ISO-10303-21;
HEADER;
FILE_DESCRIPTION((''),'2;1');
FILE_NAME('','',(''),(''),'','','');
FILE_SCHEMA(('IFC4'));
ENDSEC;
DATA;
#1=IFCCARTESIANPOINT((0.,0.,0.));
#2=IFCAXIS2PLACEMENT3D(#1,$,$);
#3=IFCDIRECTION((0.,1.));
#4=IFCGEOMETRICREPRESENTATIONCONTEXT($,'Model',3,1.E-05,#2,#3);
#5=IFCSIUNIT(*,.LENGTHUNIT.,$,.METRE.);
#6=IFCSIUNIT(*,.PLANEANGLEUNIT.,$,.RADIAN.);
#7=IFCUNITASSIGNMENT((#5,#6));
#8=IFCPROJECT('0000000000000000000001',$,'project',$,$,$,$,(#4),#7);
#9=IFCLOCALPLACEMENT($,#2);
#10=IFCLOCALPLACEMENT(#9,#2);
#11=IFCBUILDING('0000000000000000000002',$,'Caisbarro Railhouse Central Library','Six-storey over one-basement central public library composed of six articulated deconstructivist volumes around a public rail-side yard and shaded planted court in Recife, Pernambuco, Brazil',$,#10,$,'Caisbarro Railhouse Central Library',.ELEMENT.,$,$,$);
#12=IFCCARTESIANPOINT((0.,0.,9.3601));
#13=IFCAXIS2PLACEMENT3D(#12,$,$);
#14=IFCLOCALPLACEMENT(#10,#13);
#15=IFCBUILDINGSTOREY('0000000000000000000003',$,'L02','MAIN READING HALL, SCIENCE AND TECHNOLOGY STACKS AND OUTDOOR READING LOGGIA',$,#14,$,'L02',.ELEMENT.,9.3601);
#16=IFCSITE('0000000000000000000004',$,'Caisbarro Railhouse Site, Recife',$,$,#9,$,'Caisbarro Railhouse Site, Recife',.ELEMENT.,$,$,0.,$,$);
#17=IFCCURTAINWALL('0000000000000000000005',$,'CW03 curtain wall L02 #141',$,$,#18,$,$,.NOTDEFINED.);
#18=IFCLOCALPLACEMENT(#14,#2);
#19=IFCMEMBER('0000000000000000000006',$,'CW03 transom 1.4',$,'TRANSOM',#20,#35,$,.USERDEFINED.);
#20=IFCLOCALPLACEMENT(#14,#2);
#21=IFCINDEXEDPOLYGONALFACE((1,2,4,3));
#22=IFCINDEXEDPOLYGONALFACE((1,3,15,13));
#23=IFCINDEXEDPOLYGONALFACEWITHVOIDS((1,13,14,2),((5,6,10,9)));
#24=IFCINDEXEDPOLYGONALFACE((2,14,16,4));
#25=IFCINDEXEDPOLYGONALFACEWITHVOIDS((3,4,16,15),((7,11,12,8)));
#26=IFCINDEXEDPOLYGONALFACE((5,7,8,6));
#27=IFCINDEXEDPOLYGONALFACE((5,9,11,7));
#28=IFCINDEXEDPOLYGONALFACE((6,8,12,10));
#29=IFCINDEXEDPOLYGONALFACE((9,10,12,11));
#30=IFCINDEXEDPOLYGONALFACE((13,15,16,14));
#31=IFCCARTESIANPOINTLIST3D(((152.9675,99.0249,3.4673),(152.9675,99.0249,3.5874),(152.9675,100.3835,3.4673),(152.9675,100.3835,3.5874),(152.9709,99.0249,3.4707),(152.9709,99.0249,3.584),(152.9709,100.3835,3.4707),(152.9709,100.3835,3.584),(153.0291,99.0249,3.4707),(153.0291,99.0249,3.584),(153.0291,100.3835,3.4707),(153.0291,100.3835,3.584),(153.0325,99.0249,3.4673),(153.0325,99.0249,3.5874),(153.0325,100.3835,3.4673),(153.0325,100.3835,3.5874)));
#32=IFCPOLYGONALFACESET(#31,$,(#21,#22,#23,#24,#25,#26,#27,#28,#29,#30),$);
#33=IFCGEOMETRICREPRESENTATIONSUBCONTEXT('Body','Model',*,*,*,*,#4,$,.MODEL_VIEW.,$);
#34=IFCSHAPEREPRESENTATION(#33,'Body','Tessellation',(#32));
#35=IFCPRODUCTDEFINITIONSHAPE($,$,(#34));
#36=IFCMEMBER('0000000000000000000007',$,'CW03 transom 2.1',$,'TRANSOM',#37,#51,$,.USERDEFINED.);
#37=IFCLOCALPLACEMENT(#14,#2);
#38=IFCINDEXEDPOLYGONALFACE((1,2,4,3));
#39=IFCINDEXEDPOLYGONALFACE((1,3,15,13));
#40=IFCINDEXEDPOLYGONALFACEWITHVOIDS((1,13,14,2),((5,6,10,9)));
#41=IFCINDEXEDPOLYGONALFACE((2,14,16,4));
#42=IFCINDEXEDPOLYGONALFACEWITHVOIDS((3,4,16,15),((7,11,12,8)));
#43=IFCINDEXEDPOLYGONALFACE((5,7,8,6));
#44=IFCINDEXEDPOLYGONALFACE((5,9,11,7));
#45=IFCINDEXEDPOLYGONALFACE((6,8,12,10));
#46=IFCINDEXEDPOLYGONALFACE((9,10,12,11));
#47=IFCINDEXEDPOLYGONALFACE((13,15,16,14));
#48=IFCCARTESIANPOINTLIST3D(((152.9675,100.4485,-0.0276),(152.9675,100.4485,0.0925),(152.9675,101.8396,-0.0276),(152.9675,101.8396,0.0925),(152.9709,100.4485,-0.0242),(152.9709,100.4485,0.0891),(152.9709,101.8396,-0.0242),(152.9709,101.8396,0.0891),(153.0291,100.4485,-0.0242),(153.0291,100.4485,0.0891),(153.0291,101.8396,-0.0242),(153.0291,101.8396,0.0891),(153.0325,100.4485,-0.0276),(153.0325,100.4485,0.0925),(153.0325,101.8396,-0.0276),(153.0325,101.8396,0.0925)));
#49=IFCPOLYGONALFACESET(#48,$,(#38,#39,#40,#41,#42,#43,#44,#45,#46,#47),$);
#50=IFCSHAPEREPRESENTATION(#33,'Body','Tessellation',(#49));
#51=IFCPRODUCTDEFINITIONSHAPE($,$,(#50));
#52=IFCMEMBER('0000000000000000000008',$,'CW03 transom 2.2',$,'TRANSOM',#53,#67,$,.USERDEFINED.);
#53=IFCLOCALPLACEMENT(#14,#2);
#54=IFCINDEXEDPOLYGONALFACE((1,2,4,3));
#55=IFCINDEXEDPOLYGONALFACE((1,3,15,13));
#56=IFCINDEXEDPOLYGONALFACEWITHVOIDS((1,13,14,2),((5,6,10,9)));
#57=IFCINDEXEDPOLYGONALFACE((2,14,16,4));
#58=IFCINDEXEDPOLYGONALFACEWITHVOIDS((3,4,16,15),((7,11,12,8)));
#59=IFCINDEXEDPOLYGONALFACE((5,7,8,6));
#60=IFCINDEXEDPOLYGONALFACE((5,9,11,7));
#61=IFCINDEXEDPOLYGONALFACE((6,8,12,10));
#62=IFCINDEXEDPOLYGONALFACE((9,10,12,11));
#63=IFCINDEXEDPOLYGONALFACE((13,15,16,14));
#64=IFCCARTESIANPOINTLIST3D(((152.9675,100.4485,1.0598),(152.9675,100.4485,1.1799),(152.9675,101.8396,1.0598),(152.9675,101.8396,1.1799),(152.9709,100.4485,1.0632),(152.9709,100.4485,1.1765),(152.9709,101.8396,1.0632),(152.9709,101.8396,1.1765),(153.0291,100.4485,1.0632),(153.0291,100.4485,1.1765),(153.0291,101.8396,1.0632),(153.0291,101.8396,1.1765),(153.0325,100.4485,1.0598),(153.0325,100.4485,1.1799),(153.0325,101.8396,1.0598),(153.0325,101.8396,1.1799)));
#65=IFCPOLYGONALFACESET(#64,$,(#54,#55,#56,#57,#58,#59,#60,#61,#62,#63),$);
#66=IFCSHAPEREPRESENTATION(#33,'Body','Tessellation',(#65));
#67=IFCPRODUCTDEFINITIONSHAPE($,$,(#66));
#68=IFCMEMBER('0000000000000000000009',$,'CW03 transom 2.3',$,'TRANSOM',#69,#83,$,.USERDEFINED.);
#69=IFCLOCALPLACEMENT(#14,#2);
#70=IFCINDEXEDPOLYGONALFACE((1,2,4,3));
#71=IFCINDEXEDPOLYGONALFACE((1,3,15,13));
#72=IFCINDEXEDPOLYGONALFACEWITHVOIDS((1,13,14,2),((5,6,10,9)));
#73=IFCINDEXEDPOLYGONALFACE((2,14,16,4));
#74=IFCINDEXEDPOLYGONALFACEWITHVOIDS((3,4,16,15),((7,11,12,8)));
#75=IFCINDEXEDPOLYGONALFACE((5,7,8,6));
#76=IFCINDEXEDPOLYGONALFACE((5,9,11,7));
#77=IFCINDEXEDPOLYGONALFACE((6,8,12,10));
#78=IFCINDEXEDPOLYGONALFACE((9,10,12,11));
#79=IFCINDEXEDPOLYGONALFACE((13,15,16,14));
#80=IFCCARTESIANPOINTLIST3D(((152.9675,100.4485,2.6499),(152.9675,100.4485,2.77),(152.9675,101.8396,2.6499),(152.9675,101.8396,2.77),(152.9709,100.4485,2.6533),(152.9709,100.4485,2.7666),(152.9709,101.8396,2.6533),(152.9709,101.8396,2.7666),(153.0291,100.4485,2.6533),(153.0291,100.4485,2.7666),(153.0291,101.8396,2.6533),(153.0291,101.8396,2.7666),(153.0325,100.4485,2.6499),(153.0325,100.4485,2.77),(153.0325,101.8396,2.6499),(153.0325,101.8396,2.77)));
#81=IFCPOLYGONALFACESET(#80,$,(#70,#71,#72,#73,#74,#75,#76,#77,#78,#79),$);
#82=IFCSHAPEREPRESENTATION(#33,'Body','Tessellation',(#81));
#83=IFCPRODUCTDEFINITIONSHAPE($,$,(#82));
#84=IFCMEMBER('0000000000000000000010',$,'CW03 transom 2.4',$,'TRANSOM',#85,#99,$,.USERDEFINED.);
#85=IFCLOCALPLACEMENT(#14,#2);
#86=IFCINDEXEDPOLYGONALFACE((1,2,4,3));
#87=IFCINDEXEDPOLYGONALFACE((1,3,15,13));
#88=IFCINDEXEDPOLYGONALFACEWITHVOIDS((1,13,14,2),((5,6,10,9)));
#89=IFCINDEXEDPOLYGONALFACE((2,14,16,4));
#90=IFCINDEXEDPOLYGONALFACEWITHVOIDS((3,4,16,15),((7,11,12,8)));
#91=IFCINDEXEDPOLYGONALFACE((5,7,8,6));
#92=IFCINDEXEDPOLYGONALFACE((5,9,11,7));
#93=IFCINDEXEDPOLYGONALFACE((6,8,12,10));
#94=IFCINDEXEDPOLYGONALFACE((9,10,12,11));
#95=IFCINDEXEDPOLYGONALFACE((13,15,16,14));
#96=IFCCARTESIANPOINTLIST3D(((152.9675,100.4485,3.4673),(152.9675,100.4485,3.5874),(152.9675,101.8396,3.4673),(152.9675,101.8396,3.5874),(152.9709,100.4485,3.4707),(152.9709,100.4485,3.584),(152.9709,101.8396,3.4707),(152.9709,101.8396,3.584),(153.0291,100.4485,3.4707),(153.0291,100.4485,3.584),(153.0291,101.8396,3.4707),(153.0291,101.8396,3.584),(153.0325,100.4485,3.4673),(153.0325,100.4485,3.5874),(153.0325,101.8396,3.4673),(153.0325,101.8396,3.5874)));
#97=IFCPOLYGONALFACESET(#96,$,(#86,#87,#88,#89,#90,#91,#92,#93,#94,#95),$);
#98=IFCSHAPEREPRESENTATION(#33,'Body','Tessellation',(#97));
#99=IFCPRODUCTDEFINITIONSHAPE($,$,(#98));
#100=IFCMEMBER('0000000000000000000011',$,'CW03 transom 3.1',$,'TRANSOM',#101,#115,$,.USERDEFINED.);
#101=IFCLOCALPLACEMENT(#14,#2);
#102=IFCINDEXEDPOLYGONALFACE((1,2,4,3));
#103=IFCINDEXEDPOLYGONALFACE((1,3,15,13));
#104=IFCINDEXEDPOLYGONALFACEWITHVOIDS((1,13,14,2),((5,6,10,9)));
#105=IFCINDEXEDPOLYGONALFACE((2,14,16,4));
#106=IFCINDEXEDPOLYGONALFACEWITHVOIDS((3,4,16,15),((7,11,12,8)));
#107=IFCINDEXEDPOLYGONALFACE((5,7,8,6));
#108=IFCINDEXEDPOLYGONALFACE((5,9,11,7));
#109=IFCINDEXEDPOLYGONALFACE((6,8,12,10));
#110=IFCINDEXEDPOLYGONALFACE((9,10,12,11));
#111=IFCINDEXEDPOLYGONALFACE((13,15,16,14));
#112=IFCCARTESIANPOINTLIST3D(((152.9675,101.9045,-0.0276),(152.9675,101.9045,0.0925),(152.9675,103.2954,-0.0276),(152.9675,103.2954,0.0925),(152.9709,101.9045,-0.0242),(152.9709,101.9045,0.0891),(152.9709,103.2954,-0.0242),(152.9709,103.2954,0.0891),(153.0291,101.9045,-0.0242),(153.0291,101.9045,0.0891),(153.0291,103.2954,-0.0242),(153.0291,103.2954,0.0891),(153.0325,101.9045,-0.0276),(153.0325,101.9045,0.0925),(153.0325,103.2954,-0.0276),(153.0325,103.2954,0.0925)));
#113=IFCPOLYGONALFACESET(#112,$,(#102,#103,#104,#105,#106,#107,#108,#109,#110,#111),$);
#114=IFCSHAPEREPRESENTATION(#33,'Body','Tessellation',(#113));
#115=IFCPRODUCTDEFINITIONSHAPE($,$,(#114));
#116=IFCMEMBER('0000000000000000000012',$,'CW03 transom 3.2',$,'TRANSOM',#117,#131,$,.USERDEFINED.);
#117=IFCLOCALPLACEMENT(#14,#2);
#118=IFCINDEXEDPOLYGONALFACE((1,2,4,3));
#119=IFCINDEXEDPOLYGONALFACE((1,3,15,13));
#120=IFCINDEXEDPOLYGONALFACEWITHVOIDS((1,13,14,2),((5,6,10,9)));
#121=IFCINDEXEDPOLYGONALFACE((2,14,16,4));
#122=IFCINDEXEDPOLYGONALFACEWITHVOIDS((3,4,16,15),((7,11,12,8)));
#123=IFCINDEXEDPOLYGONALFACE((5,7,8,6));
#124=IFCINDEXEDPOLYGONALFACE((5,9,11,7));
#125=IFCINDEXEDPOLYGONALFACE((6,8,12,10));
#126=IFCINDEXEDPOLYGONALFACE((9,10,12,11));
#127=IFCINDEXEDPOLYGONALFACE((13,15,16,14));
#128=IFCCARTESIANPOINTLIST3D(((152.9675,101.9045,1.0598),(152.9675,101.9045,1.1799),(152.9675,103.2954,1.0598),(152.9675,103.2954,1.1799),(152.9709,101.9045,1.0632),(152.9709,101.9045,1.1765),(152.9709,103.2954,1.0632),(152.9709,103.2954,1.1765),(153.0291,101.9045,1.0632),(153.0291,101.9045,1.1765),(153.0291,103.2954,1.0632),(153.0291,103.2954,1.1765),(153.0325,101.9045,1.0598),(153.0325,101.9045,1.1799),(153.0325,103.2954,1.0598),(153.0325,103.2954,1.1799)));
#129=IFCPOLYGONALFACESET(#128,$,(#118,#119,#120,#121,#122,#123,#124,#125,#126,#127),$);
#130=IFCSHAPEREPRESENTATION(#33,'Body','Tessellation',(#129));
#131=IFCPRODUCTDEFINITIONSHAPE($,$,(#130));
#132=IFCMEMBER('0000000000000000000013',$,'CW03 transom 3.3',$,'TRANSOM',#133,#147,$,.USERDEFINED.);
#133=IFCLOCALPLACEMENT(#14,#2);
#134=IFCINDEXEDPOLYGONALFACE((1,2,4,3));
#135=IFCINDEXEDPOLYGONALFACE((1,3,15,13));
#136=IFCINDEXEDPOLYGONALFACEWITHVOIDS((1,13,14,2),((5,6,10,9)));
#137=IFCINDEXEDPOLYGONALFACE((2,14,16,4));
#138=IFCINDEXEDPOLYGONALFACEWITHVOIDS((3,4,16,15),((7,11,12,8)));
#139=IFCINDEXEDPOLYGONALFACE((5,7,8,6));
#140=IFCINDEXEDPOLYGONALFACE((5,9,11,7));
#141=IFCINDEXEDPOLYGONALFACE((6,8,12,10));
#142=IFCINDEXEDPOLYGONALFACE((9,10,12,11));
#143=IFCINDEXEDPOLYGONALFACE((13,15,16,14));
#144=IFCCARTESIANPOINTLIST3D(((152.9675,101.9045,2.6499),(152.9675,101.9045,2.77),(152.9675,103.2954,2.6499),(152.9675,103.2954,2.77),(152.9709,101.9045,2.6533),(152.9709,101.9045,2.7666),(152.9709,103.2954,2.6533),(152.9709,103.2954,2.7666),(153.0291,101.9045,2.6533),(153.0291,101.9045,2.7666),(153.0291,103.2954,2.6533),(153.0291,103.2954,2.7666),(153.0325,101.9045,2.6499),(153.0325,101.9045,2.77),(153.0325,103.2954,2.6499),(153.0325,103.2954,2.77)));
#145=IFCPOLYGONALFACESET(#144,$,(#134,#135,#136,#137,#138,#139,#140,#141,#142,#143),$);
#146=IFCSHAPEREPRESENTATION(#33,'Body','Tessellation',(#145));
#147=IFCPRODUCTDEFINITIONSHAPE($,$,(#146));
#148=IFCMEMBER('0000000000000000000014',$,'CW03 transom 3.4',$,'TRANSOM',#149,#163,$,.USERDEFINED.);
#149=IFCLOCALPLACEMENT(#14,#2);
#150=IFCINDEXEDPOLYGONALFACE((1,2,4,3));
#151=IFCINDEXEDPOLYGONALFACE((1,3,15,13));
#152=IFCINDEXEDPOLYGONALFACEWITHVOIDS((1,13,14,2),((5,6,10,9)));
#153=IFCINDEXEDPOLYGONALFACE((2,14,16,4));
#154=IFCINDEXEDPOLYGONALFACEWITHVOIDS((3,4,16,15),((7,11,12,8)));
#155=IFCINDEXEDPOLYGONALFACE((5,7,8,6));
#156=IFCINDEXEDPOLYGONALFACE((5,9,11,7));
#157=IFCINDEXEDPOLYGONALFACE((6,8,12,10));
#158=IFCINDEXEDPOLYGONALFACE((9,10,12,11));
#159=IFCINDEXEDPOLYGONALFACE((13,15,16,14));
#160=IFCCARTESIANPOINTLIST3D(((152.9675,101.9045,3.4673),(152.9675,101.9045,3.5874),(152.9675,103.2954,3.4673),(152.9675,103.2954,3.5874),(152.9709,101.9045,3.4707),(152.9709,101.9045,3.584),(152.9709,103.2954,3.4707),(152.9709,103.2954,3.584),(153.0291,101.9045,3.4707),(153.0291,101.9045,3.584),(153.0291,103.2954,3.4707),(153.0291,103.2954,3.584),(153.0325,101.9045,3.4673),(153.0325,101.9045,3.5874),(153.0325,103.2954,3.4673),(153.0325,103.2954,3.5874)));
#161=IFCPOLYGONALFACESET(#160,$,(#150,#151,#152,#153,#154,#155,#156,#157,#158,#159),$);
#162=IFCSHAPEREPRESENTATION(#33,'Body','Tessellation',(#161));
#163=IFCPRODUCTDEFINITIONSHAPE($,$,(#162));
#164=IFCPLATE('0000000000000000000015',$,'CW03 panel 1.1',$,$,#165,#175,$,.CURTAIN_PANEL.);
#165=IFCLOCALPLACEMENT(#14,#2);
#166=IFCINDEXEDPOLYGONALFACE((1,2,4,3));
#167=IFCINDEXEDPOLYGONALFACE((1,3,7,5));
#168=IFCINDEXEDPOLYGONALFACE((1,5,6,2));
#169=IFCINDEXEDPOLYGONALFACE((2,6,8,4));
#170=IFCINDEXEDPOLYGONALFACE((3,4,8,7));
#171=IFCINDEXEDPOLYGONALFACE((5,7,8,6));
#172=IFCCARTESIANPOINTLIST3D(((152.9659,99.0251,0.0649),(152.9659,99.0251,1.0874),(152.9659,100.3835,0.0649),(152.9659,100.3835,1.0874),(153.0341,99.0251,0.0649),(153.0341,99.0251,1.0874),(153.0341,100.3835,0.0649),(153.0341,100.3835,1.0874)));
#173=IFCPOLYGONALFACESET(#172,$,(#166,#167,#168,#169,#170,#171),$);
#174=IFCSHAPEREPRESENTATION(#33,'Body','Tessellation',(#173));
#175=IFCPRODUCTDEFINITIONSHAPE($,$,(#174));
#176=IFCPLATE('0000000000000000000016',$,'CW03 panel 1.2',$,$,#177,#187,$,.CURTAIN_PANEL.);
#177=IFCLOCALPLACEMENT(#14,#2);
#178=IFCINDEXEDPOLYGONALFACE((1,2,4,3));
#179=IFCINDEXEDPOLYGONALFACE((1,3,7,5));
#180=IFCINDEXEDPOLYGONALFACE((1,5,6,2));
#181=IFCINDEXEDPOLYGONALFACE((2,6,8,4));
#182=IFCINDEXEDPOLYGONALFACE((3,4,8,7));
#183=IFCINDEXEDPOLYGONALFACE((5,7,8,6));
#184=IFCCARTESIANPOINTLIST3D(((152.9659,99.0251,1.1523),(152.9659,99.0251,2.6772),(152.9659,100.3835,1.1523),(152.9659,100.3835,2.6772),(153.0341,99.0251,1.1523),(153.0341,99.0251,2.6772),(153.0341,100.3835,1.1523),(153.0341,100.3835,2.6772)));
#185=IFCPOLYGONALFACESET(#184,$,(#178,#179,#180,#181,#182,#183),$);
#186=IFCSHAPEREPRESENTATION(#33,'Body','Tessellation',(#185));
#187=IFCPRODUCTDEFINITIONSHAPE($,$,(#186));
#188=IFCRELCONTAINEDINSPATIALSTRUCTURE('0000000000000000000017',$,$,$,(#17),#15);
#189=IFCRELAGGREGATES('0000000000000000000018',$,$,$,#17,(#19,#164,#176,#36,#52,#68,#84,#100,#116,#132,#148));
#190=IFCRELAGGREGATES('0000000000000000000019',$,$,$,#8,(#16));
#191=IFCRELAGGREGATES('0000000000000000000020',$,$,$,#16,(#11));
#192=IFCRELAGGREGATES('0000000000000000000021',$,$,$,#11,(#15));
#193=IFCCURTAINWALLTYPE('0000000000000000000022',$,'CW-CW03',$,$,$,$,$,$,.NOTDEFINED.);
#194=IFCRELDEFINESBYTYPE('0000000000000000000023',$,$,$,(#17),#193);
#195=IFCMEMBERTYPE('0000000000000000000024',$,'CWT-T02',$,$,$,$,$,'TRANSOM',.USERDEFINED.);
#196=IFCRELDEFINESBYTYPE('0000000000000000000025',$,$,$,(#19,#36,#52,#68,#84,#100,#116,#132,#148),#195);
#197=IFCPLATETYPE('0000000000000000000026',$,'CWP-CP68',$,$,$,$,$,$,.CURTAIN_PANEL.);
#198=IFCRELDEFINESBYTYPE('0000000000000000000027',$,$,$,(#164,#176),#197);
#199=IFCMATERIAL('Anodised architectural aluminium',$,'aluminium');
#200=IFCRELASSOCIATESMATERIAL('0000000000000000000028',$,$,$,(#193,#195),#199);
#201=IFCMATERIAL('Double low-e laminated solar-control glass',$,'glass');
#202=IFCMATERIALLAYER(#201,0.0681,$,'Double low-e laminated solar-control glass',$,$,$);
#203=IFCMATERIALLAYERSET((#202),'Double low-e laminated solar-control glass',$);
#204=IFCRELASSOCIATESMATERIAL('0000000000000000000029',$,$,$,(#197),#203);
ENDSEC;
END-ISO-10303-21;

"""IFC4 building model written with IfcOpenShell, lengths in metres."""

from ifc_helpers import new_model, si_unit, direction, frame, origin, origin_2d, place, context, subcontext, project, spatial, rectangle, hollow_rectangle, extrude, material, layer, layer_set, material_profile, profile_set, type_object, element, aggregate, save


model = new_model("IFC4")

# Units and contexts
model_context = context("Model", 3, precision=1e-05, world=origin(), true_north=direction((0.0, 1.0)))
body_context = subcontext(model_context, "Body", "Model", "MODEL_VIEW")
ifc_project = project(units=[si_unit("LENGTHUNIT", "METRE"), si_unit("PLANEANGLEUNIT", "RADIAN")], contexts=[model_context])

# Site, building, storey
site_placement = place(None, origin())
site = spatial("IfcSite", under=ifc_project, at=site_placement, Name="Caisbarro Railhouse Site, Recife", LongName="Caisbarro Railhouse Site, Recife", CompositionType="ELEMENT", RefElevation=0.0)
building_placement = place(site_placement, origin())
building = spatial("IfcBuilding", under=site, at=building_placement, Name="Caisbarro Railhouse Central Library", Description="Six-storey over one-basement central public library composed of six articulated deconstructivist volumes around a public rail-side yard and shaded planted court in Recife, Pernambuco, Brazil", LongName="Caisbarro Railhouse Central Library", CompositionType="ELEMENT")
storey_placement = place(building_placement, frame((0.0, 0.0, 9.3601)))
storey = spatial("IfcBuildingStorey", under=building, at=storey_placement, Name="L02", Description="MAIN READING HALL, SCIENCE AND TECHNOLOGY STACKS AND OUTDOOR READING LOGGIA", LongName="L02", CompositionType="ELEMENT", Elevation=9.3601)

# Curtain wall, members, plates
ifc_material_1 = material(Name="Anodised architectural aluminium", Category="aluminium")
curtain_wall_type = type_object("IfcCurtainWallType", Name="CW-CW03", PredefinedType="NOTDEFINED", material=ifc_material_1)
curtain_wall_placement = place(storey_placement, origin())
curtain_wall = element("IfcCurtainWall", 1, at=curtain_wall_placement, inside=storey, type_object=curtain_wall_type, Name="CW03 curtain wall L02 #141", PredefinedType="NOTDEFINED")
ifc_material_profile_1 = material_profile(ifc_material_1, hollow_rectangle(XDim=0.0649, YDim=0.1201, WallThickness=0.0034, at=origin_2d()), Name="ALU-TRN-65X120")
ifc_profile_set_1 = profile_set([ifc_material_profile_1], Name="Anodised architectural aluminium")
member_type_1 = type_object("IfcMemberType", Name="CWT-T02", ElementType="TRANSOM", PredefinedType="USERDEFINED", material=ifc_profile_set_1)
member_1_placement = place(storey_placement, frame((153.0, 99.0249, 3.5273), z_axis=(0.0, 1.0, 0.0), x_axis=(-1.0, 0.0, 0.0)))
member_1 = element("IfcMember", 2, at=member_1_placement, type_object=member_type_1, Name="CW03 transom 1.4", ObjectType="TRANSOM", PredefinedType="USERDEFINED", context=body_context, shape_type="SweptSolid", body=[
    extrude(hollow_rectangle(XDim=0.0649, YDim=0.1201, WallThickness=0.0034, at=origin_2d()), origin(), (0.0, 0.0, 1.0), 1.3586),
])
member_2_placement = place(storey_placement, frame((153.0, 100.4485, 0.0325), z_axis=(0.0, 1.0, 0.0), x_axis=(-1.0, 0.0, 0.0)))
member_2 = element("IfcMember", 3, at=member_2_placement, type_object=member_type_1, Name="CW03 transom 2.1", ObjectType="TRANSOM", PredefinedType="USERDEFINED", context=body_context, shape_type="SweptSolid", body=[
    extrude(hollow_rectangle(XDim=0.0649, YDim=0.1201, WallThickness=0.0034, at=origin_2d()), origin(), (0.0, 0.0, 1.0), 1.3911),
])
member_3_placement = place(storey_placement, frame((153.0, 100.4485, 1.1199), z_axis=(0.0, 1.0, 0.0), x_axis=(-1.0, 0.0, 0.0)))
member_3 = element("IfcMember", 4, at=member_3_placement, type_object=member_type_1, Name="CW03 transom 2.2", ObjectType="TRANSOM", PredefinedType="USERDEFINED", context=body_context, shape_type="SweptSolid", body=[
    extrude(hollow_rectangle(XDim=0.0649, YDim=0.1201, WallThickness=0.0034, at=origin_2d()), origin(), (0.0, 0.0, 1.0), 1.3911),
])
member_4_placement = place(storey_placement, frame((153.0, 100.4485, 2.71), z_axis=(0.0, 1.0, 0.0), x_axis=(-1.0, 0.0, 0.0)))
member_4 = element("IfcMember", 5, at=member_4_placement, type_object=member_type_1, Name="CW03 transom 2.3", ObjectType="TRANSOM", PredefinedType="USERDEFINED", context=body_context, shape_type="SweptSolid", body=[
    extrude(hollow_rectangle(XDim=0.0649, YDim=0.1201, WallThickness=0.0034, at=origin_2d()), origin(), (0.0, 0.0, 1.0), 1.3911),
])
member_5_placement = place(storey_placement, frame((153.0, 100.4485, 3.5273), z_axis=(0.0, 1.0, 0.0), x_axis=(-1.0, 0.0, 0.0)))
member_5 = element("IfcMember", 6, at=member_5_placement, type_object=member_type_1, Name="CW03 transom 2.4", ObjectType="TRANSOM", PredefinedType="USERDEFINED", context=body_context, shape_type="SweptSolid", body=[
    extrude(hollow_rectangle(XDim=0.0649, YDim=0.1201, WallThickness=0.0034, at=origin_2d()), origin(), (0.0, 0.0, 1.0), 1.3911),
])
member_6_placement = place(storey_placement, frame((153.0, 101.9045, 0.0325), z_axis=(0.0, 1.0, 0.0), x_axis=(-1.0, 0.0, 0.0)))
member_6 = element("IfcMember", 7, at=member_6_placement, type_object=member_type_1, Name="CW03 transom 3.1", ObjectType="TRANSOM", PredefinedType="USERDEFINED", context=body_context, shape_type="SweptSolid", body=[
    extrude(hollow_rectangle(XDim=0.0649, YDim=0.1201, WallThickness=0.0034, at=origin_2d()), origin(), (0.0, 0.0, 1.0), 1.3909),
])
member_7_placement = place(storey_placement, frame((153.0, 101.9045, 1.1199), z_axis=(0.0, 1.0, 0.0), x_axis=(-1.0, 0.0, 0.0)))
member_7 = element("IfcMember", 8, at=member_7_placement, type_object=member_type_1, Name="CW03 transom 3.2", ObjectType="TRANSOM", PredefinedType="USERDEFINED", context=body_context, shape_type="SweptSolid", body=[
    extrude(hollow_rectangle(XDim=0.0649, YDim=0.1201, WallThickness=0.0034, at=origin_2d()), origin(), (0.0, 0.0, 1.0), 1.3909),
])
member_8_placement = place(storey_placement, frame((153.0, 101.9045, 2.71), z_axis=(0.0, 1.0, 0.0), x_axis=(-1.0, 0.0, 0.0)))
member_8 = element("IfcMember", 9, at=member_8_placement, type_object=member_type_1, Name="CW03 transom 3.3", ObjectType="TRANSOM", PredefinedType="USERDEFINED", context=body_context, shape_type="SweptSolid", body=[
    extrude(hollow_rectangle(XDim=0.0649, YDim=0.1201, WallThickness=0.0034, at=origin_2d()), origin(), (0.0, 0.0, 1.0), 1.3909),
])
member_9_placement = place(storey_placement, frame((153.0, 101.9045, 3.5273), z_axis=(0.0, 1.0, 0.0), x_axis=(-1.0, 0.0, 0.0)))
member_9 = element("IfcMember", 10, at=member_9_placement, type_object=member_type_1, Name="CW03 transom 3.4", ObjectType="TRANSOM", PredefinedType="USERDEFINED", context=body_context, shape_type="SweptSolid", body=[
    extrude(hollow_rectangle(XDim=0.0649, YDim=0.1201, WallThickness=0.0034, at=origin_2d()), origin(), (0.0, 0.0, 1.0), 1.3909),
])
ifc_material_2 = material(Name="Double low-e laminated solar-control glass", Category="glass")
ifc_layer_1 = layer(ifc_material_2, 0.0681, Name="Double low-e laminated solar-control glass")
ifc_layer_set_1 = layer_set([ifc_layer_1], Name="Double low-e laminated solar-control glass")
plate_type_1 = type_object("IfcPlateType", Name="CWP-CP68", PredefinedType="CURTAIN_PANEL", material=ifc_layer_set_1)
plate_1_placement = place(storey_placement, frame((153.0, 99.7043, 0.0649), z_axis=(0.0, 0.0, 1.0), x_axis=(0.0, 1.0, 0.0)))
plate_1 = element("IfcPlate", 11, at=plate_1_placement, type_object=plate_type_1, Name="CW03 panel 1.1", PredefinedType="CURTAIN_PANEL", context=body_context, shape_type="SweptSolid", body=[
    extrude(rectangle(XDim=1.3584, YDim=0.0681, at=origin_2d()), origin(), (0.0, 0.0, 1.0), 1.0225),
])
plate_2_placement = place(storey_placement, frame((153.0, 99.7043, 1.1523), z_axis=(0.0, 0.0, 1.0), x_axis=(0.0, 1.0, 0.0)))
plate_2 = element("IfcPlate", 12, at=plate_2_placement, type_object=plate_type_1, Name="CW03 panel 1.2", PredefinedType="CURTAIN_PANEL", context=body_context, shape_type="SweptSolid", body=[
    extrude(rectangle(XDim=1.3584, YDim=0.0681, at=origin_2d()), origin(), (0.0, 0.0, 1.0), 1.5249),
])
aggregate(curtain_wall, [member_1, plate_1, plate_2, member_2, member_3, member_4, member_5, member_6, member_7, member_8, member_9])

save(model, "model.ifc")
